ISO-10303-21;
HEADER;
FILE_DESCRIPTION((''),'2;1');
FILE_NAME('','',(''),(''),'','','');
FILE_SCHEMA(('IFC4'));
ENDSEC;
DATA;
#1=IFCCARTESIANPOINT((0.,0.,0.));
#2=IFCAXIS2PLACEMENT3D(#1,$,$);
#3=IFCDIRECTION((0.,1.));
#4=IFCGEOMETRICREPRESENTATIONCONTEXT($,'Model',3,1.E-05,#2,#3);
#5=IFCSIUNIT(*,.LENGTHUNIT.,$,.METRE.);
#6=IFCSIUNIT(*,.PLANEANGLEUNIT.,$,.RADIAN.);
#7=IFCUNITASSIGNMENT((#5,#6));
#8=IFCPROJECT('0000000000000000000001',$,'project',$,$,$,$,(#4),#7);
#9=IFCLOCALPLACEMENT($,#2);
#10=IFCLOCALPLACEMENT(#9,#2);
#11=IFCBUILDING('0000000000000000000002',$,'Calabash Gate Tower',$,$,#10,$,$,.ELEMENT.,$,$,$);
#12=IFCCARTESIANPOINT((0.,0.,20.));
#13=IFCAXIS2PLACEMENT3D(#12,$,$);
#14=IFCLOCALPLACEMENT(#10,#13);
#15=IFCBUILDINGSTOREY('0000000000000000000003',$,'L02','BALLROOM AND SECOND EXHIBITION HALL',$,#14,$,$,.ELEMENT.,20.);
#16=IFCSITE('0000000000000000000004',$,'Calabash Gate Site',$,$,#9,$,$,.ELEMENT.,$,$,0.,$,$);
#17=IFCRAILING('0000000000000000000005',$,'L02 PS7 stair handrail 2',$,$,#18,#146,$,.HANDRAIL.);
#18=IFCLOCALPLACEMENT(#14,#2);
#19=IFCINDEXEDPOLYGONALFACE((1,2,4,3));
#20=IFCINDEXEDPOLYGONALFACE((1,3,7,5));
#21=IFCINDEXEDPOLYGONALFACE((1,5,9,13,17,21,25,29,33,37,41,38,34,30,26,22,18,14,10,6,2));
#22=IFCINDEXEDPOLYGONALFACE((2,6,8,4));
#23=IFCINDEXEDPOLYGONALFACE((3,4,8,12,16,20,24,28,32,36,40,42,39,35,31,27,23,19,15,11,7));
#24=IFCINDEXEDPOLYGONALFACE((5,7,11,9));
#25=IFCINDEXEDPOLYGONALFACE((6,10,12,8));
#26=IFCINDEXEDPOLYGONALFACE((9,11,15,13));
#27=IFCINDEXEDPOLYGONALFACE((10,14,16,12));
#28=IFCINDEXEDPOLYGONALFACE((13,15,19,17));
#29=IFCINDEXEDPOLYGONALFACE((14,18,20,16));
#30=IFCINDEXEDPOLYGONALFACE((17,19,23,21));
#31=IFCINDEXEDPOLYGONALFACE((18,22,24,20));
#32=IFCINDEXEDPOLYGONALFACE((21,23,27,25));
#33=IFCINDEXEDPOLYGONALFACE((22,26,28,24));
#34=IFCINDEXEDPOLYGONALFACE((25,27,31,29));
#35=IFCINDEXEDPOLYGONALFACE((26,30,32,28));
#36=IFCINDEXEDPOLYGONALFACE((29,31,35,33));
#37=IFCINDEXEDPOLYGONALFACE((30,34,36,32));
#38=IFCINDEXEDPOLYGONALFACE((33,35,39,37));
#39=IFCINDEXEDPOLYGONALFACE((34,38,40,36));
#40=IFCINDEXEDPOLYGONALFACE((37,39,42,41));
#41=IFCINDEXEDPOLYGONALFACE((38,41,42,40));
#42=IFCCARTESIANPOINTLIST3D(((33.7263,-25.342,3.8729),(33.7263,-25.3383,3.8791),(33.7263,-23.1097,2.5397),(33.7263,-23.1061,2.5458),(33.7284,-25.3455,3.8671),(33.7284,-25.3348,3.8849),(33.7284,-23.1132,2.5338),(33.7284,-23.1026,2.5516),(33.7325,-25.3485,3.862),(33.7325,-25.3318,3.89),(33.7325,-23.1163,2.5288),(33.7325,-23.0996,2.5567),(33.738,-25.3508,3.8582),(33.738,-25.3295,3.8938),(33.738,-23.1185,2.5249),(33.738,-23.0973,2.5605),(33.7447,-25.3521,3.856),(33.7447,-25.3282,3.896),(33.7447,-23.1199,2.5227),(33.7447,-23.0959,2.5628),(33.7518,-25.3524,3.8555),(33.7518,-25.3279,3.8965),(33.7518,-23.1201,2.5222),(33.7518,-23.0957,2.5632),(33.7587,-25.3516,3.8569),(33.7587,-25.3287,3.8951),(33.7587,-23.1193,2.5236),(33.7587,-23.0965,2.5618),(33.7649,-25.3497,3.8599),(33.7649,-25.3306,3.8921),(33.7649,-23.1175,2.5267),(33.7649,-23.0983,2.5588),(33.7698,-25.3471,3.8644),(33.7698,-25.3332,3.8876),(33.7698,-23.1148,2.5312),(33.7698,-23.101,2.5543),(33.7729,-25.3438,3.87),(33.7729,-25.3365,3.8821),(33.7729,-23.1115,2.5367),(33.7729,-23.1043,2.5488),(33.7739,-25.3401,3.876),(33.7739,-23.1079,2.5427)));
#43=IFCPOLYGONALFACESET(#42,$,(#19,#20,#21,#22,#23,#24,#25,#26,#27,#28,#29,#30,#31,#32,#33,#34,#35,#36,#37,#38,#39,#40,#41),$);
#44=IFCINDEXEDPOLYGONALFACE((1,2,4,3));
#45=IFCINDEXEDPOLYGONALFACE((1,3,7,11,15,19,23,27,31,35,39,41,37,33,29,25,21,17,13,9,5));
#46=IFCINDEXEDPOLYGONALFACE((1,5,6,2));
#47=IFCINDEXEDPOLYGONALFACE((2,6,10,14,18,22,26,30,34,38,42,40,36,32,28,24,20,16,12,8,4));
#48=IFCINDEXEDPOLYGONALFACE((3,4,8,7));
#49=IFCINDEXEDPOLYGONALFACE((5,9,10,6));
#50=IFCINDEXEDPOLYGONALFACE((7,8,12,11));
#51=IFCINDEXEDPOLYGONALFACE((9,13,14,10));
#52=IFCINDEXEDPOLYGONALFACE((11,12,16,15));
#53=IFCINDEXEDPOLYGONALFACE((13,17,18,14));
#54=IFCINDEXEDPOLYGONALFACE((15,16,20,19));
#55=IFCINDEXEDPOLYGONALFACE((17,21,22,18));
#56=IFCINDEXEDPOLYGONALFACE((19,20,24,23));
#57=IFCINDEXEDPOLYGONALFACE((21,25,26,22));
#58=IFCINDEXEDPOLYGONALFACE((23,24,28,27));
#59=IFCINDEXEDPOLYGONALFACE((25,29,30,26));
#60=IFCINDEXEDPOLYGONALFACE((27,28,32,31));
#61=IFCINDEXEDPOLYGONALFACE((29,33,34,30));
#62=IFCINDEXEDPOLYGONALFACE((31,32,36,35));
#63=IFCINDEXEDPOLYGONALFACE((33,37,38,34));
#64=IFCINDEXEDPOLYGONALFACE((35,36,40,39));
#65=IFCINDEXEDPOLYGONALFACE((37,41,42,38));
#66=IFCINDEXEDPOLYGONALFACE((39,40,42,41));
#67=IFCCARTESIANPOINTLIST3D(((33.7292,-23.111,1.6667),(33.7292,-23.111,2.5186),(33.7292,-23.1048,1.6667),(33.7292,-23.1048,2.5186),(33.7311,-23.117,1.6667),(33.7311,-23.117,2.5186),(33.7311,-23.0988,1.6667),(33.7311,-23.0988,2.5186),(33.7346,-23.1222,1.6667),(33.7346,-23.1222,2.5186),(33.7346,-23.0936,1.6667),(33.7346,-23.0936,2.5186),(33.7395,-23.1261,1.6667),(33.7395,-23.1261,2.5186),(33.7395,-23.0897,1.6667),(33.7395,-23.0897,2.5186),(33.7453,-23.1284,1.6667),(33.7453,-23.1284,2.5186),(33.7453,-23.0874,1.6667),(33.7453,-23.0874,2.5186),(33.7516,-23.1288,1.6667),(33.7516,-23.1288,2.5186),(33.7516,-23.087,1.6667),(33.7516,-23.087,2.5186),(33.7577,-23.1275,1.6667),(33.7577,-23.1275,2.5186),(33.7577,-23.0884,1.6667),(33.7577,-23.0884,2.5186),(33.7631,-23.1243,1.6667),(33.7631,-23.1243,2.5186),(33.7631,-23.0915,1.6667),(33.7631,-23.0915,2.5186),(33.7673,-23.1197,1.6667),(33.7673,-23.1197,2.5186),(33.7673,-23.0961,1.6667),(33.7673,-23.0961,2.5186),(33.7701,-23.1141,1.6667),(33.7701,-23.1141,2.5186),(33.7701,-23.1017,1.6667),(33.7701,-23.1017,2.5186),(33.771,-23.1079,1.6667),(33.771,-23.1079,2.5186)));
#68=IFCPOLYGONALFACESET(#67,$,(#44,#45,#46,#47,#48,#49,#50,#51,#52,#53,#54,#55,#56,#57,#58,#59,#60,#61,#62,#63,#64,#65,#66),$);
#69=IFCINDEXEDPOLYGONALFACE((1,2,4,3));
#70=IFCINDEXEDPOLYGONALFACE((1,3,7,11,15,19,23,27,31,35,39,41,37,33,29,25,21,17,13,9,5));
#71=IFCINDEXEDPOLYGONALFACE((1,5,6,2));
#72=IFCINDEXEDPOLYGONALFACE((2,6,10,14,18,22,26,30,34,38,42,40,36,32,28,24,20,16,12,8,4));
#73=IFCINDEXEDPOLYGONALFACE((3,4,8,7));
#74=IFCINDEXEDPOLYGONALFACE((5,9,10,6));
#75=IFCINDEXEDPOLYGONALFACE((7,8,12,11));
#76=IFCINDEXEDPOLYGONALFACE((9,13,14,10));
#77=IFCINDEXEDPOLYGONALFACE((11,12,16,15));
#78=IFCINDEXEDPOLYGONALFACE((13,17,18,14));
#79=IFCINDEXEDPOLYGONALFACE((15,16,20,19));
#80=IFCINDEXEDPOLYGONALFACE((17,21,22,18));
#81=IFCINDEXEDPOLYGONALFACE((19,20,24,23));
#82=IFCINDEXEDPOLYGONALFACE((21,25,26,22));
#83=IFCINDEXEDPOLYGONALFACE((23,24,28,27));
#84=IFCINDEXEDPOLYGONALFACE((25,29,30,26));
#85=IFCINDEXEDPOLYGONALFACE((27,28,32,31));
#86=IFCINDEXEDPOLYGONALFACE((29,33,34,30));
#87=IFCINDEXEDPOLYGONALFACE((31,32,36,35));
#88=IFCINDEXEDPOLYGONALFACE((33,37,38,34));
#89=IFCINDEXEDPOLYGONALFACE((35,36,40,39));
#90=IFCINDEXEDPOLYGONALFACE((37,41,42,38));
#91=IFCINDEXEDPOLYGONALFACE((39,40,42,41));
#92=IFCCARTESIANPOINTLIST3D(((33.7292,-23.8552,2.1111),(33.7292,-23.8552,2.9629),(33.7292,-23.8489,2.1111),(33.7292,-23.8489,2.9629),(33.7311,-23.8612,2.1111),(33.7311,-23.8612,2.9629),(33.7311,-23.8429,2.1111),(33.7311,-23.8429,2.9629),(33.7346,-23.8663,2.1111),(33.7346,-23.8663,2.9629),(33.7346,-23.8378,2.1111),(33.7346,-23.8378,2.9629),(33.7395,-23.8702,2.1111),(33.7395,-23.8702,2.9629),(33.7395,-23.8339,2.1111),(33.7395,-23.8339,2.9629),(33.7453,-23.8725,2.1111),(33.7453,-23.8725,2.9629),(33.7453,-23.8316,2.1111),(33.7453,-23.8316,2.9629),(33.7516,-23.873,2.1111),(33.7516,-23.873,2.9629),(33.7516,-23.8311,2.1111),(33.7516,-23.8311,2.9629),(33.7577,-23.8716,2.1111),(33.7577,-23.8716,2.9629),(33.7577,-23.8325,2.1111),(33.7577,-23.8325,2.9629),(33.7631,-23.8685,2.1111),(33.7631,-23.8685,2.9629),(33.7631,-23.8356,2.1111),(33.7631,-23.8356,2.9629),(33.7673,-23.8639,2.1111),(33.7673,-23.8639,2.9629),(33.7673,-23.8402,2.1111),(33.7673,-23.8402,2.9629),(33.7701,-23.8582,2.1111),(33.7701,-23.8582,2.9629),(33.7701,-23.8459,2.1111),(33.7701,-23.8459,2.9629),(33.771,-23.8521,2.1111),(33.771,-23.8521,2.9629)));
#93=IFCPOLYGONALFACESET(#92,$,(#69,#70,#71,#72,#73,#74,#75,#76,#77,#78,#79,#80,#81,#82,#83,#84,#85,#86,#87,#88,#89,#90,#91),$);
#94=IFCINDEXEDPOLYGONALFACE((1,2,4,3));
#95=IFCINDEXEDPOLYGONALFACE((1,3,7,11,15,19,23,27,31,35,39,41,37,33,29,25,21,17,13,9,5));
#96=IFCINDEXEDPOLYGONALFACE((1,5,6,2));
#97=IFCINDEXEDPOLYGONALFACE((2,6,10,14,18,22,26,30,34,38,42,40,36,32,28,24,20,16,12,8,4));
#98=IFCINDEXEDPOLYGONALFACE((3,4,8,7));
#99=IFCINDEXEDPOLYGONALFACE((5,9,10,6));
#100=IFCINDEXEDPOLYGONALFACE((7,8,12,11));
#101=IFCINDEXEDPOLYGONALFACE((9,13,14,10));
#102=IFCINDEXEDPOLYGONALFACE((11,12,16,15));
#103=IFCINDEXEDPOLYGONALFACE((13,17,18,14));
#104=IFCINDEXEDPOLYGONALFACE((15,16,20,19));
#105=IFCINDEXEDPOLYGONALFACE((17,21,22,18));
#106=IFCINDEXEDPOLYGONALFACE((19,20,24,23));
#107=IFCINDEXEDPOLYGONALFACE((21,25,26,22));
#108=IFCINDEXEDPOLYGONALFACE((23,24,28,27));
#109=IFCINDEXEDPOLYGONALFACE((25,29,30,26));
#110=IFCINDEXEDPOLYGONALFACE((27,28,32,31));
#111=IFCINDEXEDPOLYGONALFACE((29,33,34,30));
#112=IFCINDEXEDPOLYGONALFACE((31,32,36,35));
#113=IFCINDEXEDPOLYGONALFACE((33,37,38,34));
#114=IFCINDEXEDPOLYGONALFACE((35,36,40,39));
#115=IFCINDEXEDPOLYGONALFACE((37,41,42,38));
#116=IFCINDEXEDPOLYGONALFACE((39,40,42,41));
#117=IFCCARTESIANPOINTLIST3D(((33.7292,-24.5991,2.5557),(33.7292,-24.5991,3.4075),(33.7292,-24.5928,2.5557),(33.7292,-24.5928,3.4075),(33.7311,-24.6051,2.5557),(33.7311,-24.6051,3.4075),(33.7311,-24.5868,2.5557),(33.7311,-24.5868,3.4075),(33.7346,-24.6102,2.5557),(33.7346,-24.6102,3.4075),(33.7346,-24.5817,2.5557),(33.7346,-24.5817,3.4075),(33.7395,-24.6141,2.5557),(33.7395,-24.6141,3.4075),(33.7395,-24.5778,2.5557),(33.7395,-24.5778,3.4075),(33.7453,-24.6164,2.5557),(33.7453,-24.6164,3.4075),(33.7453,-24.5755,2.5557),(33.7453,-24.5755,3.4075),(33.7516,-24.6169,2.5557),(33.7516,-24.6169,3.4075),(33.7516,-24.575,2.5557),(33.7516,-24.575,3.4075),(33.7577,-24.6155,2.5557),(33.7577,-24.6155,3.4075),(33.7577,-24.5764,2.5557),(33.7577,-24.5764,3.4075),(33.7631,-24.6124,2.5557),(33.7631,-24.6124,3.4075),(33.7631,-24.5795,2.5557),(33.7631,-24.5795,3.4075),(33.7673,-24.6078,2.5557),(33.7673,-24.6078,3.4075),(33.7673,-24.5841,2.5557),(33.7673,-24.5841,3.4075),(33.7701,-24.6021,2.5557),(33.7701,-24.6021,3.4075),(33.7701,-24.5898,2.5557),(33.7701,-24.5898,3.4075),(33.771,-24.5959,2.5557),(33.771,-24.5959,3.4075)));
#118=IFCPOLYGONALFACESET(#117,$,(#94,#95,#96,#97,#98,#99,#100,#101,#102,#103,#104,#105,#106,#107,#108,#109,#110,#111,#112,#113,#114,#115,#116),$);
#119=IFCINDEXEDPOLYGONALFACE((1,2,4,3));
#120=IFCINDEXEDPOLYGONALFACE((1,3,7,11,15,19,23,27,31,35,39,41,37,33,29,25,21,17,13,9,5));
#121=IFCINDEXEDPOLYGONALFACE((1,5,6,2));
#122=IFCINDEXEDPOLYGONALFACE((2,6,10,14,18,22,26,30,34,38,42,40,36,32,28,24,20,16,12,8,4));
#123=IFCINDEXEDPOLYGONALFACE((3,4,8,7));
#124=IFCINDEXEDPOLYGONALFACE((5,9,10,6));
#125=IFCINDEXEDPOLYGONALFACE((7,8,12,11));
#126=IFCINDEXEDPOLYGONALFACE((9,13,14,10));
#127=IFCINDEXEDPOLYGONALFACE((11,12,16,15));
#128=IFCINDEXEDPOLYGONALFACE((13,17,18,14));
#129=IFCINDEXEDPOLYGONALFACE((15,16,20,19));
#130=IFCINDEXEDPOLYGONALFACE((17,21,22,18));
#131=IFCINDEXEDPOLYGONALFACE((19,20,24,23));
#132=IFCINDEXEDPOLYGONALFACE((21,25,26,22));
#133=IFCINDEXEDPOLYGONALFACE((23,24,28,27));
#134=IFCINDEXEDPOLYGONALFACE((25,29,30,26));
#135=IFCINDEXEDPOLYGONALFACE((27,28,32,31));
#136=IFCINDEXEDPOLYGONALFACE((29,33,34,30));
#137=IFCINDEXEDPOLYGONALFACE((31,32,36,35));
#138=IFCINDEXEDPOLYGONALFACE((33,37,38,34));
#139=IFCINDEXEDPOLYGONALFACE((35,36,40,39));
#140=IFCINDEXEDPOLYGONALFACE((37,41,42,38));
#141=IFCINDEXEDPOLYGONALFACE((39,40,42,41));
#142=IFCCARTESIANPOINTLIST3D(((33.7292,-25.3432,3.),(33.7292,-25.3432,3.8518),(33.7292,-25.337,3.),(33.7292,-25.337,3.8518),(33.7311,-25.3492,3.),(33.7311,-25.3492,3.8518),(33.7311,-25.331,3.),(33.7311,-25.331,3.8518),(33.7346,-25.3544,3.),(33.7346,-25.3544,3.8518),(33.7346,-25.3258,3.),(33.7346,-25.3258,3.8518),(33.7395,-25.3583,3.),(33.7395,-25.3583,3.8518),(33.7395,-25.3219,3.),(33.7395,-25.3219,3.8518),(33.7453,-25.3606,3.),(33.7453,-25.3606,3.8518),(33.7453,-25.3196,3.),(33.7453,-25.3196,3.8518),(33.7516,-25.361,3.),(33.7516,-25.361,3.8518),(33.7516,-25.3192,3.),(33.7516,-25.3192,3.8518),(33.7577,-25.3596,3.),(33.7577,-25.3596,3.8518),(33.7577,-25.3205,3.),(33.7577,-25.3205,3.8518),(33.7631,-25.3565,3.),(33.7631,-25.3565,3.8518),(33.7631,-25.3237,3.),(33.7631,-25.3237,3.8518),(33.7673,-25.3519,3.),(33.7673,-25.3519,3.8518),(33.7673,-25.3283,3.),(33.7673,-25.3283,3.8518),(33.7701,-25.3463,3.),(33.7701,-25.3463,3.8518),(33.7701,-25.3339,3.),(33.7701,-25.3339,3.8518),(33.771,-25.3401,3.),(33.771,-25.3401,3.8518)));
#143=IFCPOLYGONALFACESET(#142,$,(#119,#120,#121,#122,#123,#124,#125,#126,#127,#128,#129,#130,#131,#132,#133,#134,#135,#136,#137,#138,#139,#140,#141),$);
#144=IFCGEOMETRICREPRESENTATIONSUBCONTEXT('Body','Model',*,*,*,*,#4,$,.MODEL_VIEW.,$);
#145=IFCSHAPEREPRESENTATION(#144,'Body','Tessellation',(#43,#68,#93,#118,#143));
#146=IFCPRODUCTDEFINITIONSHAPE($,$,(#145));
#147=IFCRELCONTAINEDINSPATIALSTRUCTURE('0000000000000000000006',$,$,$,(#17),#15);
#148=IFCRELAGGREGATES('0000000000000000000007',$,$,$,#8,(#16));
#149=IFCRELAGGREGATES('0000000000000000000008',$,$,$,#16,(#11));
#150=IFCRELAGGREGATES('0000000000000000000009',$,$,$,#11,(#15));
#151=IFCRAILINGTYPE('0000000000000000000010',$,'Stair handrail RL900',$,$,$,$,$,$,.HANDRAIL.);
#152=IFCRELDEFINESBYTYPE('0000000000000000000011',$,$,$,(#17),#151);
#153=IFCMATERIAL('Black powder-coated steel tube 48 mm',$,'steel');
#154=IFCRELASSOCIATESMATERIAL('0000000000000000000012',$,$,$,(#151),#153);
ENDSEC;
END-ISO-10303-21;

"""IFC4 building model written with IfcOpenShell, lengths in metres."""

from ifc_helpers import new_model, si_unit, direction, frame, origin, origin_2d, place, context, subcontext, project, spatial, circle, extrude, material, type_object, element, save


model = new_model("IFC4")

# Units and contexts
model_context = context("Model", 3, precision=1e-05, world=origin(), true_north=direction((0.0, 1.0)))
body_context = subcontext(model_context, "Body", "Model", "MODEL_VIEW")
ifc_project = project(units=[si_unit("LENGTHUNIT", "METRE"), si_unit("PLANEANGLEUNIT", "RADIAN")], contexts=[model_context])

# Site, building, storey
site_placement = place(None, origin())
site = spatial("IfcSite", under=ifc_project, at=site_placement, Name="Calabash Gate Site", CompositionType="ELEMENT", RefElevation=0.0)
building_placement = place(site_placement, origin())
building = spatial("IfcBuilding", under=site, at=building_placement, Name="Calabash Gate Tower", CompositionType="ELEMENT")
storey_placement = place(building_placement, frame((0.0, 0.0, 20.0)))
storey = spatial("IfcBuildingStorey", under=building, at=storey_placement, Name="L02", Description="BALLROOM AND SECOND EXHIBITION HALL", CompositionType="ELEMENT", Elevation=20.0)

# Railing
ifc_material_1 = material(Name="Black powder-coated steel tube 48 mm", Category="steel")
railing_type_1 = type_object("IfcRailingType", Name="Stair handrail RL900", PredefinedType="HANDRAIL", material=ifc_material_1)
for number, where, name in (
    (1, (33.75, -23.1079, 1.6667), "L02 PS7 stair handrail 2"),
):
    element("IfcRailing", number, at=place(storey_placement, frame(where)), inside=storey, type_object=railing_type_1, Name=name, PredefinedType="HANDRAIL", context=body_context, shape_type="SweptSolid", body=[
        extrude(circle(Radius=0.0239, at=origin_2d()), frame((0.0, 0.0, 0.876), z_axis=(0.0, -0.858519, 0.512782), x_axis=(1.0, 0.0, 0.0)), (0.0, 0.0, 1.0), 2.6001),
        extrude(circle(Radius=0.021, at=origin_2d()), origin(), (0.0, 0.0, 1.0), 0.8518),
        extrude(circle(Radius=0.021, at=origin_2d()), frame((0.0, -0.7441, 0.4443)), (0.0, 0.0, 1.0), 0.8518),
        extrude(circle(Radius=0.021, at=origin_2d()), frame((0.0, -1.488, 0.8889)), (0.0, 0.0, 1.0), 0.8518),
        extrude(circle(Radius=0.021, at=origin_2d()), frame((0.0, -2.2322, 1.3333)), (0.0, 0.0, 1.0), 0.8518),
    ])

save(model, "model.ifc")
